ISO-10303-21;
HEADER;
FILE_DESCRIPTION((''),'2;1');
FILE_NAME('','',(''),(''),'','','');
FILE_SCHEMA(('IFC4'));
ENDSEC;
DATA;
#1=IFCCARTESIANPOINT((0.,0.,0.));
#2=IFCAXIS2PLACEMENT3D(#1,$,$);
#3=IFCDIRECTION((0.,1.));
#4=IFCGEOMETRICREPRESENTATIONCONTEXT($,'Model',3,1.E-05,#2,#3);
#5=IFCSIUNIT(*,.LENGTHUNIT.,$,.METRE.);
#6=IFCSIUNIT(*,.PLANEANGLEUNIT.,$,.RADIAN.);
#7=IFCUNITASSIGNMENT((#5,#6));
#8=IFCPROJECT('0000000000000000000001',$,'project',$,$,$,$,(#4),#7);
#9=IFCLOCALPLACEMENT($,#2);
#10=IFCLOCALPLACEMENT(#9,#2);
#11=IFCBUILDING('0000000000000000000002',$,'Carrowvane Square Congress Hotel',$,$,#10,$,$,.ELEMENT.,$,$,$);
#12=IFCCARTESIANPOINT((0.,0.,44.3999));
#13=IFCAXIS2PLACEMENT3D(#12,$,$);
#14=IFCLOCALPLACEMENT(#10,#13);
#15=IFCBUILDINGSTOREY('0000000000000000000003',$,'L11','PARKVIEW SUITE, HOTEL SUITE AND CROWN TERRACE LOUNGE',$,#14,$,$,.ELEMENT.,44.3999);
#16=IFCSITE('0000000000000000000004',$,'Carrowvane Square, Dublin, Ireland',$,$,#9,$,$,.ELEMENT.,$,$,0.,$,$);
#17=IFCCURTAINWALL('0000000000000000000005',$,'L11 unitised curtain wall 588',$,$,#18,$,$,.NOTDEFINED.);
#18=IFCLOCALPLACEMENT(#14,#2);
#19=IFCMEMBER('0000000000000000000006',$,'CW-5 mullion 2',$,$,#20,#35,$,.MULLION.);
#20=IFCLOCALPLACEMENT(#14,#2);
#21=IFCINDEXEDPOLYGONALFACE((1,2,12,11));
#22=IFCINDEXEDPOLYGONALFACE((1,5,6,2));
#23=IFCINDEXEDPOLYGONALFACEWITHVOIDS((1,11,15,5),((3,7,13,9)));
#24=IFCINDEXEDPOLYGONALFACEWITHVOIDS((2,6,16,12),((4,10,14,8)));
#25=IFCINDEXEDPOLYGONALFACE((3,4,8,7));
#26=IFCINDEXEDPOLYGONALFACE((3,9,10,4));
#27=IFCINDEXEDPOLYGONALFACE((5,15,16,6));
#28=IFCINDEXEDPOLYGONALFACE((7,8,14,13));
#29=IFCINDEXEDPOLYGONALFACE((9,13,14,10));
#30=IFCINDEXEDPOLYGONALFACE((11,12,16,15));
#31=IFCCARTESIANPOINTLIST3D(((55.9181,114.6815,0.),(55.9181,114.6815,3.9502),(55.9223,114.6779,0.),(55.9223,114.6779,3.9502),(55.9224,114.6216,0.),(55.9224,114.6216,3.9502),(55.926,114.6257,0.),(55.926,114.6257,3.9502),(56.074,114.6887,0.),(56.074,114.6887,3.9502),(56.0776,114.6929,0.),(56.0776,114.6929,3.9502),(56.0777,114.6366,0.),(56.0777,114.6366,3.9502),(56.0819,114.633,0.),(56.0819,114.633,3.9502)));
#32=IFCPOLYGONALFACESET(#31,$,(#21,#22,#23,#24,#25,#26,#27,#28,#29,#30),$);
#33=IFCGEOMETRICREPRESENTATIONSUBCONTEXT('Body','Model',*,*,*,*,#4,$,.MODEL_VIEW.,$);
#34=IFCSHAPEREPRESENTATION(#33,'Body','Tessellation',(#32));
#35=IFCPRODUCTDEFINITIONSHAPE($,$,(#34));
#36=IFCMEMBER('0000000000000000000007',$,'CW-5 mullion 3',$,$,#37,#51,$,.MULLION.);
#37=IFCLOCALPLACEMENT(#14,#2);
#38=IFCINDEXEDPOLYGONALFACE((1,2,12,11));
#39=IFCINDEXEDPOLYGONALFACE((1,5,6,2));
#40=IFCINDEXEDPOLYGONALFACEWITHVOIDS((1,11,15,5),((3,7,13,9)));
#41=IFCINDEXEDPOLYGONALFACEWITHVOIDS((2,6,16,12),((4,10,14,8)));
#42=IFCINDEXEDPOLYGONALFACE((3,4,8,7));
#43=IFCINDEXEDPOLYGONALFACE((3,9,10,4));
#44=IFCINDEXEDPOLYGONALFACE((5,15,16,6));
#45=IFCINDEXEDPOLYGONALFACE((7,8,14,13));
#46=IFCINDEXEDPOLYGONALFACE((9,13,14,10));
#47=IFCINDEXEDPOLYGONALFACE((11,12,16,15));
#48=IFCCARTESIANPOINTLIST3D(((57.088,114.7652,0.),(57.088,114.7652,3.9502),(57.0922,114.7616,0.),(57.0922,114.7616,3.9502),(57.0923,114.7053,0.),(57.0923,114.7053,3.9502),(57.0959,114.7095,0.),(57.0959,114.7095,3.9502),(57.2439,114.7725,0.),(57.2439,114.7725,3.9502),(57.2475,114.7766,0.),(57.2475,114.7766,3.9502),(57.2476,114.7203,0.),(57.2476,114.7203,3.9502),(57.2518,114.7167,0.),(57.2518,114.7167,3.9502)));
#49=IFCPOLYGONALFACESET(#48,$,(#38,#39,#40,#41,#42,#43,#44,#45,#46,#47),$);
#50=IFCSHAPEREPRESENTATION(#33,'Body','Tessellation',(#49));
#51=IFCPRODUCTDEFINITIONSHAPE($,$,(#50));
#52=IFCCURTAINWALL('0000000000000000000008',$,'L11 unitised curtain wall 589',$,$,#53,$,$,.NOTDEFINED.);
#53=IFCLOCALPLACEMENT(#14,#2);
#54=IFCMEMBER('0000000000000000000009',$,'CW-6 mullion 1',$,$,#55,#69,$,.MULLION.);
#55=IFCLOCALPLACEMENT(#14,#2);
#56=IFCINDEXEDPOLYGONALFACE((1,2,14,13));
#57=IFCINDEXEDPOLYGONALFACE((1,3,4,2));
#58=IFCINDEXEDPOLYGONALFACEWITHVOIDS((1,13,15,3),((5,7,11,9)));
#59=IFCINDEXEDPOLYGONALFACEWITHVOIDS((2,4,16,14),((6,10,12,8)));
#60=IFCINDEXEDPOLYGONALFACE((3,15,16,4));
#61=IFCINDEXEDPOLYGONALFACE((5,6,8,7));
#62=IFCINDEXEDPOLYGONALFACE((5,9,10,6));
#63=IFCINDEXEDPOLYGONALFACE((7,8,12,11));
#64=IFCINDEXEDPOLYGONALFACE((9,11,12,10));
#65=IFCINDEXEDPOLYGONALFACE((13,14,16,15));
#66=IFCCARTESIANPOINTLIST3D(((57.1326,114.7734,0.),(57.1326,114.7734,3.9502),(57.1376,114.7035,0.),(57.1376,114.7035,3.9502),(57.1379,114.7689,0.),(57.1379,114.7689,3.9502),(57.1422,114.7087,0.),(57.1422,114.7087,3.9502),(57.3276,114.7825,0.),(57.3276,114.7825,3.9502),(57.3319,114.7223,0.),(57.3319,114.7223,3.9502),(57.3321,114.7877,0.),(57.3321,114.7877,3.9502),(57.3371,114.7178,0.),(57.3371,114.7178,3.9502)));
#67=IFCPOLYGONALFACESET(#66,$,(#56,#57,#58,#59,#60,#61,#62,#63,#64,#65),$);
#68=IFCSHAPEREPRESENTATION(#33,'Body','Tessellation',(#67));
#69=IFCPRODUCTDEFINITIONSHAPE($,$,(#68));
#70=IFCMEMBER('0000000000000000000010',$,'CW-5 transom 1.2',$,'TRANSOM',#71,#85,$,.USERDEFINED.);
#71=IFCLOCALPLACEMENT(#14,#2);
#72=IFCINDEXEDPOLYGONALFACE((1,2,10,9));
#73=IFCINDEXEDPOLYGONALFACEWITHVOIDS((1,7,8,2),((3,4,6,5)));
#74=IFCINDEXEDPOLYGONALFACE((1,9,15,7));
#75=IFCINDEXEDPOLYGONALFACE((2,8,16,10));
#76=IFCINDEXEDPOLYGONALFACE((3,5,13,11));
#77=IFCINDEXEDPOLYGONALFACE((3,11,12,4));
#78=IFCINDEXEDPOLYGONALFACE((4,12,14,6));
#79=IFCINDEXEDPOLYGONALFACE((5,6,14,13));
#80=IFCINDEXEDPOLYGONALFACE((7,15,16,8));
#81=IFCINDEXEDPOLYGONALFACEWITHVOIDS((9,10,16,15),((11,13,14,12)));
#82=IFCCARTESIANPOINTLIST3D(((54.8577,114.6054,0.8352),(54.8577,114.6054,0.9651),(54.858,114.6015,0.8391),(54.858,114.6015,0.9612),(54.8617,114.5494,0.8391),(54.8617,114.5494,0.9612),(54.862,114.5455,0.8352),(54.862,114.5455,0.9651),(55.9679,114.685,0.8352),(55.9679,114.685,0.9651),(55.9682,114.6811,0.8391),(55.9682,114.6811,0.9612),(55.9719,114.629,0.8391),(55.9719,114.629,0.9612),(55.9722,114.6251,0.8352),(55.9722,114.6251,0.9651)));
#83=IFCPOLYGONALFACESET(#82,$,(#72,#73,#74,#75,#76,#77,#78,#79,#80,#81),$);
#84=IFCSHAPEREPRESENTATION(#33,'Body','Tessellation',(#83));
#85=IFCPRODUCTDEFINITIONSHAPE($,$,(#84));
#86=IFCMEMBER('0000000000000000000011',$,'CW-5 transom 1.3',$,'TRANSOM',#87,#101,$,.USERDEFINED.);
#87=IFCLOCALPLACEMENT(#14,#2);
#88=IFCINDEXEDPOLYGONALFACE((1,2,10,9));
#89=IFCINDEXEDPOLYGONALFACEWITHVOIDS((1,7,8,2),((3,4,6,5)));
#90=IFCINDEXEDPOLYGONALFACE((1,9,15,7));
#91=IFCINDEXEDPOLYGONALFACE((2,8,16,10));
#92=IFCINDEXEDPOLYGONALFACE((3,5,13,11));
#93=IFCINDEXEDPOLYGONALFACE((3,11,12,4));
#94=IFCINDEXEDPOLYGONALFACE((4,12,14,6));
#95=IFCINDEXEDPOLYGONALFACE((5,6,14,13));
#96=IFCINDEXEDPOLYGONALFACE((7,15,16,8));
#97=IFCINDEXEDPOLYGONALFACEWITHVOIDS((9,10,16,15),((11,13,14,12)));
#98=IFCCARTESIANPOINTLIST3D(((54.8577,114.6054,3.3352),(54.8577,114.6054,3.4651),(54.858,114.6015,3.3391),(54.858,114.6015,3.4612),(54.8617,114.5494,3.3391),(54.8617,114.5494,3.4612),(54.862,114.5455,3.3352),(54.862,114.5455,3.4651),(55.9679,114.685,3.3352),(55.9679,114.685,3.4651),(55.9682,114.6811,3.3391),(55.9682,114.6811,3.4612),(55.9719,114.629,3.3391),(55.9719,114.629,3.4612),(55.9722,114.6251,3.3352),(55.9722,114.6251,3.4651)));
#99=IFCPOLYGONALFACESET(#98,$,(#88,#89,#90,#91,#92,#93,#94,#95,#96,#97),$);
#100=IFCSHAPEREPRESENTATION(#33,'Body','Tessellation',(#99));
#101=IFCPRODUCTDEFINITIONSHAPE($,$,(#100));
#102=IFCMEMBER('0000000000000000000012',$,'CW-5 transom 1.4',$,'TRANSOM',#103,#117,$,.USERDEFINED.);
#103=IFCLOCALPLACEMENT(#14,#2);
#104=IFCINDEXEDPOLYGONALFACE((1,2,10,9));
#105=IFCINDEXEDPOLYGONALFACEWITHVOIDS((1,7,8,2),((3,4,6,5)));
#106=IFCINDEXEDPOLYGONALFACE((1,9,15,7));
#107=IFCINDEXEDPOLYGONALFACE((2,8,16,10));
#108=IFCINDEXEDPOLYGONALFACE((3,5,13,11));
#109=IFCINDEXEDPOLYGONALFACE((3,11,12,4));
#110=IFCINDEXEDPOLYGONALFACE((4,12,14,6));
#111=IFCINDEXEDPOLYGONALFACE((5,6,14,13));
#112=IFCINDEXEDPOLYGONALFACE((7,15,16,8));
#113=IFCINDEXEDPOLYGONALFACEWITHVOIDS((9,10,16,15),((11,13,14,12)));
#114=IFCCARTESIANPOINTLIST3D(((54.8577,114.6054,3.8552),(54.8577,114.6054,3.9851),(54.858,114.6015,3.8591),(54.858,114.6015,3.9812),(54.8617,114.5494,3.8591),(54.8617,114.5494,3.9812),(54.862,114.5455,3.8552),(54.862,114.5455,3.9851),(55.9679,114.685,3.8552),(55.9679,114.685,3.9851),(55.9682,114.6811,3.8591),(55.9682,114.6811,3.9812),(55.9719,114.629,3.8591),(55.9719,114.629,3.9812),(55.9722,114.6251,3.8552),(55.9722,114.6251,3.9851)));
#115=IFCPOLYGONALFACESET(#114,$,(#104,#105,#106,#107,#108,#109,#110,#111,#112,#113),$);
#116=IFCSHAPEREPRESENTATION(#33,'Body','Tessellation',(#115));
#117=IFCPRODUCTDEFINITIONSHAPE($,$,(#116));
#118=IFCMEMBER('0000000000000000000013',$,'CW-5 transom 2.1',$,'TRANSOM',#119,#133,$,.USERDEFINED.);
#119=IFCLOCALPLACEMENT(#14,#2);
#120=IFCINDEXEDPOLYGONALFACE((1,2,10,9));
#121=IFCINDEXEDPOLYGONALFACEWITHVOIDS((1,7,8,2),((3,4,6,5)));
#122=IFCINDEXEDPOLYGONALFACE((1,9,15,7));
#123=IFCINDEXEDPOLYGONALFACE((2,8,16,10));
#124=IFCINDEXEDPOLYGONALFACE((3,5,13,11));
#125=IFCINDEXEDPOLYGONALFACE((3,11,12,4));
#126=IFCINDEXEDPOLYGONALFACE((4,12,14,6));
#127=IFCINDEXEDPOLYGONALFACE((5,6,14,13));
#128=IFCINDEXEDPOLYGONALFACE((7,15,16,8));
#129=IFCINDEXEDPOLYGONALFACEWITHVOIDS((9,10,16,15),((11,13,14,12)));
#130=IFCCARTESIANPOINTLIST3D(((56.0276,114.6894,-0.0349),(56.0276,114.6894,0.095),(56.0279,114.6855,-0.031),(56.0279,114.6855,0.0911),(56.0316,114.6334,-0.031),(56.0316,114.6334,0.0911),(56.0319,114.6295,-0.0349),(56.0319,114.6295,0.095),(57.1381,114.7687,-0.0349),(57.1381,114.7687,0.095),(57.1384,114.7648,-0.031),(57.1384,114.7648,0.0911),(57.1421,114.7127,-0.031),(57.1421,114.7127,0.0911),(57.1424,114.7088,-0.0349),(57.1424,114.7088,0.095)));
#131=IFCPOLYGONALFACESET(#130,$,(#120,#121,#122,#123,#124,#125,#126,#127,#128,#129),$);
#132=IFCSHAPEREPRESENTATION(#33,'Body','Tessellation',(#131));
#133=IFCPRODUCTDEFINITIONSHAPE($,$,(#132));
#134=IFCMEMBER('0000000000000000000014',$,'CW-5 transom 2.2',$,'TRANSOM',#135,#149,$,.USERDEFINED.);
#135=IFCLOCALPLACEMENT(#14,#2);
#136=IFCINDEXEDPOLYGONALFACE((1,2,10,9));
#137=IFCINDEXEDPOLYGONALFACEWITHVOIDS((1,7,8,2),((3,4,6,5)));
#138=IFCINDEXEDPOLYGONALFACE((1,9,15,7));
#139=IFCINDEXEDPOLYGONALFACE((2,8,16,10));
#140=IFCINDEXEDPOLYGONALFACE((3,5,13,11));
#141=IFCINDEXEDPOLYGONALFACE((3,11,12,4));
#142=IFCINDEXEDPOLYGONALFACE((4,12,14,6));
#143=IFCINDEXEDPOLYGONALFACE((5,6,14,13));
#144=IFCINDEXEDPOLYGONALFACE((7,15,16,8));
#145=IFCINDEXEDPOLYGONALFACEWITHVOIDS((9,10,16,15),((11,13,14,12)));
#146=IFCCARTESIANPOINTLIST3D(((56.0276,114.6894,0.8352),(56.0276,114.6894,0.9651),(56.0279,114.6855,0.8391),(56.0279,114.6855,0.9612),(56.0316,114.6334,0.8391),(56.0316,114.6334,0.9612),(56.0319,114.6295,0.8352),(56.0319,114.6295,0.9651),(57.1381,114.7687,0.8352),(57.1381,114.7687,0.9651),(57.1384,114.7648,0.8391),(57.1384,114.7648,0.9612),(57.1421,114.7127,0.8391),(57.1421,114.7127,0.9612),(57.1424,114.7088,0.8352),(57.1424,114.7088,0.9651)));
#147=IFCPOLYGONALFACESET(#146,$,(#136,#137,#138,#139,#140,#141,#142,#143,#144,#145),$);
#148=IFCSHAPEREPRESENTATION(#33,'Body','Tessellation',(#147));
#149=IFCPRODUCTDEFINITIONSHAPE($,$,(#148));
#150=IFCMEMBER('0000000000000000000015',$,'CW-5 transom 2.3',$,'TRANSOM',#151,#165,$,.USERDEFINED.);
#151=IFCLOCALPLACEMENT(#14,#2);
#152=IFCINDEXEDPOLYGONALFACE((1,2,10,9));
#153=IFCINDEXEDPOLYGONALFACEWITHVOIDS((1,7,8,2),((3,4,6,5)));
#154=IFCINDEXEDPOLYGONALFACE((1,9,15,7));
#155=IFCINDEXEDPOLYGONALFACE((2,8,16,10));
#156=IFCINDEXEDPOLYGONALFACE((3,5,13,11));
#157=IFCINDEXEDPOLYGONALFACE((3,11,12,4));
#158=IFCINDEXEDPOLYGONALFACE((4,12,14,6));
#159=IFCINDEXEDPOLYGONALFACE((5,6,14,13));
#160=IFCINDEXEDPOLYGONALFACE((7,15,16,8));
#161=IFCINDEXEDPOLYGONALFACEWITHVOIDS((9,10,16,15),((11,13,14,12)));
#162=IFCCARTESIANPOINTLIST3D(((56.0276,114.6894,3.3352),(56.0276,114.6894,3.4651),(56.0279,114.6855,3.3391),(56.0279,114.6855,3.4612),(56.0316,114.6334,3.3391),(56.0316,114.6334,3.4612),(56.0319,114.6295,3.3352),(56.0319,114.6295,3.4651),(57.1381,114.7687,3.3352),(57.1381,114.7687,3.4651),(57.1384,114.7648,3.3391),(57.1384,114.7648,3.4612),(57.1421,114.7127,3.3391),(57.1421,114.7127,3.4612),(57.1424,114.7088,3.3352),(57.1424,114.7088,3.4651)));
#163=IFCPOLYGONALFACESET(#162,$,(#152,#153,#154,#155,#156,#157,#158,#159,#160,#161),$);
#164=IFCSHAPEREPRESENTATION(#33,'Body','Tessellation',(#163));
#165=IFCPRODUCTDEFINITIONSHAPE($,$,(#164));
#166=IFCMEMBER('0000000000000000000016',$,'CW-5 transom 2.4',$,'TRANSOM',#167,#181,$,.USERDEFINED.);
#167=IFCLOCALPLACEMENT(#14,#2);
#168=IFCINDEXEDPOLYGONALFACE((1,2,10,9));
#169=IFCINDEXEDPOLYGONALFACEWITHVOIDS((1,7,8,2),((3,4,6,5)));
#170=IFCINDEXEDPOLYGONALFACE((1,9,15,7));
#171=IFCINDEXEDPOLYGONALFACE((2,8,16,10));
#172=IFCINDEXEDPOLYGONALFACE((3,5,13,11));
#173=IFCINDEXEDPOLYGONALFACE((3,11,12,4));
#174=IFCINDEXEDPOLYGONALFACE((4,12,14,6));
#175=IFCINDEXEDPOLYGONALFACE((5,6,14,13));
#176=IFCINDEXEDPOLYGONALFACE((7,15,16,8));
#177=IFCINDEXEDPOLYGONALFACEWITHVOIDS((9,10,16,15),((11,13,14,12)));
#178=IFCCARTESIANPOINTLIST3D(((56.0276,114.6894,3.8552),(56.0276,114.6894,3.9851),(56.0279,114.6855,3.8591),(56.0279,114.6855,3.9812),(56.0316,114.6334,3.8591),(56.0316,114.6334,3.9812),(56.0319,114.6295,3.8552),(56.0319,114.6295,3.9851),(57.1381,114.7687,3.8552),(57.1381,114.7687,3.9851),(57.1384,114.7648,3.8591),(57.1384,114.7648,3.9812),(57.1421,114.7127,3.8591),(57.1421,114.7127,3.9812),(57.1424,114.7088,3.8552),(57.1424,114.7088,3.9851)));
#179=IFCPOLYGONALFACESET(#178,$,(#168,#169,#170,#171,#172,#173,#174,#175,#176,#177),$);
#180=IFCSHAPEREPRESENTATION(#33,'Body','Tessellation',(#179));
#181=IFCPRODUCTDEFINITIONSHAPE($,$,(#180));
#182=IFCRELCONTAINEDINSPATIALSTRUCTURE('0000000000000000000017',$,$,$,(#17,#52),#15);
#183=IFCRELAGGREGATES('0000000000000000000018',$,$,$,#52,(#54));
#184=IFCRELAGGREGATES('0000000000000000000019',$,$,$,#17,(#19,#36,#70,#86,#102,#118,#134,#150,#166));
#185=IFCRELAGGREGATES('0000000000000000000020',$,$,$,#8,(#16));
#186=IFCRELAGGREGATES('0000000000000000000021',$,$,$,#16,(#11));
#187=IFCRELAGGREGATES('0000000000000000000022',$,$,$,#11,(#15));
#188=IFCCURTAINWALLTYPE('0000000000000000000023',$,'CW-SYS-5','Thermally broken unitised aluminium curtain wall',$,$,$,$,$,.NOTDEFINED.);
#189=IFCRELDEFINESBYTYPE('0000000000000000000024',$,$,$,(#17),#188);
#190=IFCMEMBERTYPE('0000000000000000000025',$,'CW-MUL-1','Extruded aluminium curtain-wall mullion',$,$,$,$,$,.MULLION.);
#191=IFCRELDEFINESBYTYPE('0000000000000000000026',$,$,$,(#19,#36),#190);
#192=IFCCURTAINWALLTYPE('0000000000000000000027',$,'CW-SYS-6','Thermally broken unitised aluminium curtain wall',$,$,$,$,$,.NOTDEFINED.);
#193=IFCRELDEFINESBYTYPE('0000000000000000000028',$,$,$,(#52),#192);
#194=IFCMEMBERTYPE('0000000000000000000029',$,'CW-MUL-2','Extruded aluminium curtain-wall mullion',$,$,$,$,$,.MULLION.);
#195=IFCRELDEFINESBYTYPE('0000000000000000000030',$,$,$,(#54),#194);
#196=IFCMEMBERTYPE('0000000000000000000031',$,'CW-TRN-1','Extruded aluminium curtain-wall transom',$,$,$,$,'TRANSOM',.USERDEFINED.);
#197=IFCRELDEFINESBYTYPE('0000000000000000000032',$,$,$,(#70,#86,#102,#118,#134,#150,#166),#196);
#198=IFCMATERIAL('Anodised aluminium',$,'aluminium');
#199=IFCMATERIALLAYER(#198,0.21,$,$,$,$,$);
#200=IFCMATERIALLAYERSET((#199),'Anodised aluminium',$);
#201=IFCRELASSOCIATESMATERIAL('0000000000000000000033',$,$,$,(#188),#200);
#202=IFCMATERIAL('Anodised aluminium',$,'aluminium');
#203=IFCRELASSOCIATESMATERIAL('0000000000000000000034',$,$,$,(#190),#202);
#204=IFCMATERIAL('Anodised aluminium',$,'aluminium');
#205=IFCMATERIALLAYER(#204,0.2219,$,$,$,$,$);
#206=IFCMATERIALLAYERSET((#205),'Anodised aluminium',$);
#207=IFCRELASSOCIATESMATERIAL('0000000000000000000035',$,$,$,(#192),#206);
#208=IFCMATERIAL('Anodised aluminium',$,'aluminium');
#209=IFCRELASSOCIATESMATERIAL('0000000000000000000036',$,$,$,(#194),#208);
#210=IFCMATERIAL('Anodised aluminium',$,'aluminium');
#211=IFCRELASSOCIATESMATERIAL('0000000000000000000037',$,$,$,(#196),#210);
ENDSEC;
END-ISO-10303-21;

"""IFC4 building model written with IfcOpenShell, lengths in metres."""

from ifc_helpers import new_model, si_unit, direction, frame, origin, origin_2d, place, context, subcontext, project, spatial, hollow_rectangle, extrude, material, layer, layer_set, material_profile, profile_set, type_object, element, aggregate, save


model = new_model("IFC4")

# Units and contexts
model_context = context("Model", 3, precision=1e-05, world=origin(), true_north=direction((0.0, 1.0)))
body_context = subcontext(model_context, "Body", "Model", "MODEL_VIEW")
ifc_project = project(units=[si_unit("LENGTHUNIT", "METRE"), si_unit("PLANEANGLEUNIT", "RADIAN")], contexts=[model_context])

# Site, building, storey
site_placement = place(None, origin())
site = spatial("IfcSite", under=ifc_project, at=site_placement, Name="Carrowvane Square, Dublin, Ireland", CompositionType="ELEMENT", RefElevation=0.0)
building_placement = place(site_placement, origin())
building = spatial("IfcBuilding", under=site, at=building_placement, Name="Carrowvane Square Congress Hotel", CompositionType="ELEMENT")
storey_placement = place(building_placement, frame((0.0, 0.0, 44.3999)))
storey = spatial("IfcBuildingStorey", under=building, at=storey_placement, Name="L11", Description="PARKVIEW SUITE, HOTEL SUITE AND CROWN TERRACE LOUNGE", CompositionType="ELEMENT", Elevation=44.3999)

# Curtain wall, members
ifc_material_1 = material(Name="Anodised aluminium", Category="aluminium")
ifc_layer_1 = layer(ifc_material_1, 0.21)
ifc_layer_set_1 = layer_set([ifc_layer_1], Name="Anodised aluminium")
curtain_wall_type_1 = type_object("IfcCurtainWallType", Name="CW-SYS-5", Description="Thermally broken unitised aluminium curtain wall", PredefinedType="NOTDEFINED", material=ifc_layer_set_1)
curtain_wall_1_placement = place(storey_placement, origin())
curtain_wall_1 = element("IfcCurtainWall", 1, at=curtain_wall_1_placement, inside=storey, type_object=curtain_wall_type_1, Name="L11 unitised curtain wall 588", PredefinedType="NOTDEFINED")
ifc_material_2 = material(Name="Anodised aluminium", Category="aluminium")
ifc_material_profile_1 = material_profile(ifc_material_2, hollow_rectangle(XDim=0.0601, YDim=0.1599, WallThickness=0.0039, at=origin_2d()), Name="CW-ML 60x160x4")
ifc_profile_set_1 = profile_set([ifc_material_profile_1], Name="Anodised aluminium")
member_type_1 = type_object("IfcMemberType", Name="CW-MUL-1", Description="Extruded aluminium curtain-wall mullion", PredefinedType="MULLION", material=ifc_profile_set_1)
member_1_placement = place(storey_placement, frame((56.0, 114.6572, 0.0), z_axis=(0.0, 0.0, 1.0), x_axis=(-0.071418, 0.997446, 0.0)))
member_1 = element("IfcMember", 2, at=member_1_placement, type_object=member_type_1, Name="CW-5 mullion 2", PredefinedType="MULLION", context=body_context, shape_type="SweptSolid", body=[
    extrude(hollow_rectangle(XDim=0.0601, YDim=0.1599, WallThickness=0.0039, at=origin_2d()), origin(), (0.0, 0.0, 1.0), 3.9502),
])
member_2_placement = place(storey_placement, frame((57.1699, 114.741, 0.0), z_axis=(0.0, 0.0, 1.0), x_axis=(-0.071418, 0.997446, 0.0)))
member_2 = element("IfcMember", 3, at=member_2_placement, type_object=member_type_1, Name="CW-5 mullion 3", PredefinedType="MULLION", context=body_context, shape_type="SweptSolid", body=[
    extrude(hollow_rectangle(XDim=0.0601, YDim=0.1599, WallThickness=0.0039, at=origin_2d()), origin(), (0.0, 0.0, 1.0), 3.9502),
])

# Curtain wall, member
ifc_material_3 = material(Name="Anodised aluminium", Category="aluminium")
ifc_layer_2 = layer(ifc_material_3, 0.2219)
ifc_layer_set_2 = layer_set([ifc_layer_2], Name="Anodised aluminium")
curtain_wall_type_2 = type_object("IfcCurtainWallType", Name="CW-SYS-6", Description="Thermally broken unitised aluminium curtain wall", PredefinedType="NOTDEFINED", material=ifc_layer_set_2)
curtain_wall_2_placement = place(storey_placement, origin())
curtain_wall_2 = element("IfcCurtainWall", 4, at=curtain_wall_2_placement, inside=storey, type_object=curtain_wall_type_2, Name="L11 unitised curtain wall 589", PredefinedType="NOTDEFINED")
ifc_material_4 = material(Name="Anodised aluminium", Category="aluminium")
ifc_material_profile_2 = material_profile(ifc_material_4, hollow_rectangle(XDim=0.0701, YDim=0.2, WallThickness=0.0049, at=origin_2d()), Name="CW-ML 70x200x5")
ifc_profile_set_2 = profile_set([ifc_material_profile_2], Name="Anodised aluminium")
member_type_2 = type_object("IfcMemberType", Name="CW-MUL-2", Description="Extruded aluminium curtain-wall mullion", PredefinedType="MULLION", material=ifc_profile_set_2)
member_3_placement = place(storey_placement, frame((57.2349, 114.7456, 0.0), z_axis=(0.0, 0.0, 1.0), x_axis=(-0.071532, 0.997438, 0.0)))
member_3 = element("IfcMember", 5, at=member_3_placement, type_object=member_type_2, Name="CW-6 mullion 1", PredefinedType="MULLION", context=body_context, shape_type="SweptSolid", body=[
    extrude(hollow_rectangle(XDim=0.0701, YDim=0.2, WallThickness=0.0049, at=origin_2d()), origin(), (0.0, 0.0, 1.0), 3.9502),
])

# Members
ifc_material_5 = material(Name="Anodised aluminium", Category="aluminium")
ifc_material_profile_3 = material_profile(ifc_material_5, hollow_rectangle(XDim=0.0601, YDim=0.1299, WallThickness=0.0039, at=origin_2d()), Name="CW-TR 60x130x4")
ifc_profile_set_3 = profile_set([ifc_material_profile_3], Name="Anodised aluminium")
member_type_3 = type_object("IfcMemberType", Name="CW-TRN-1", Description="Extruded aluminium curtain-wall transom", ElementType="TRANSOM", PredefinedType="USERDEFINED", material=ifc_profile_set_3)
member_4_placement = place(storey_placement, frame((54.8599, 114.5754, 0.9001), z_axis=(0.99744, 0.071512, 0.0), x_axis=(-0.071512, 0.99744, 0.0)))
member_4 = element("IfcMember", 6, at=member_4_placement, type_object=member_type_3, Name="CW-5 transom 1.2", ObjectType="TRANSOM", PredefinedType="USERDEFINED", context=body_context, shape_type="SweptSolid", body=[
    extrude(hollow_rectangle(XDim=0.0601, YDim=0.1299, WallThickness=0.0039, at=origin_2d()), origin(), (0.0, 0.0, 1.0), 1.113),
])
member_5_placement = place(storey_placement, frame((54.8599, 114.5754, 3.4001), z_axis=(0.99744, 0.071512, 0.0), x_axis=(-0.071512, 0.99744, 0.0)))
member_5 = element("IfcMember", 7, at=member_5_placement, type_object=member_type_3, Name="CW-5 transom 1.3", ObjectType="TRANSOM", PredefinedType="USERDEFINED", context=body_context, shape_type="SweptSolid", body=[
    extrude(hollow_rectangle(XDim=0.0601, YDim=0.1299, WallThickness=0.0039, at=origin_2d()), origin(), (0.0, 0.0, 1.0), 1.113),
])
member_6_placement = place(storey_placement, frame((54.8599, 114.5754, 3.9202), z_axis=(0.99744, 0.071512, 0.0), x_axis=(-0.071512, 0.99744, 0.0)))
member_6 = element("IfcMember", 8, at=member_6_placement, type_object=member_type_3, Name="CW-5 transom 1.4", ObjectType="TRANSOM", PredefinedType="USERDEFINED", context=body_context, shape_type="SweptSolid", body=[
    extrude(hollow_rectangle(XDim=0.0601, YDim=0.1299, WallThickness=0.0039, at=origin_2d()), origin(), (0.0, 0.0, 1.0), 1.113),
])
member_7_placement = place(storey_placement, frame((56.0298, 114.6594, 0.03), z_axis=(0.997456, 0.071278, 0.0), x_axis=(-0.071278, 0.997456, 0.0)))
member_7 = element("IfcMember", 9, at=member_7_placement, type_object=member_type_3, Name="CW-5 transom 2.1", ObjectType="TRANSOM", PredefinedType="USERDEFINED", context=body_context, shape_type="SweptSolid", body=[
    extrude(hollow_rectangle(XDim=0.0601, YDim=0.1299, WallThickness=0.0039, at=origin_2d()), origin(), (0.0, 0.0, 1.0), 1.1133),
])
member_8_placement = place(storey_placement, frame((56.0298, 114.6594, 0.9001), z_axis=(0.997456, 0.071278, 0.0), x_axis=(-0.071278, 0.997456, 0.0)))
member_8 = element("IfcMember", 10, at=member_8_placement, type_object=member_type_3, Name="CW-5 transom 2.2", ObjectType="TRANSOM", PredefinedType="USERDEFINED", context=body_context, shape_type="SweptSolid", body=[
    extrude(hollow_rectangle(XDim=0.0601, YDim=0.1299, WallThickness=0.0039, at=origin_2d()), origin(), (0.0, 0.0, 1.0), 1.1133),
])
member_9_placement = place(storey_placement, frame((56.0298, 114.6594, 3.4001), z_axis=(0.997456, 0.071278, 0.0), x_axis=(-0.071278, 0.997456, 0.0)))
member_9 = element("IfcMember", 11, at=member_9_placement, type_object=member_type_3, Name="CW-5 transom 2.3", ObjectType="TRANSOM", PredefinedType="USERDEFINED", context=body_context, shape_type="SweptSolid", body=[
    extrude(hollow_rectangle(XDim=0.0601, YDim=0.1299, WallThickness=0.0039, at=origin_2d()), origin(), (0.0, 0.0, 1.0), 1.1133),
])
member_10_placement = place(storey_placement, frame((56.0298, 114.6594, 3.9202), z_axis=(0.997456, 0.071278, 0.0), x_axis=(-0.071278, 0.997456, 0.0)))
member_10 = element("IfcMember", 12, at=member_10_placement, type_object=member_type_3, Name="CW-5 transom 2.4", ObjectType="TRANSOM", PredefinedType="USERDEFINED", context=body_context, shape_type="SweptSolid", body=[
    extrude(hollow_rectangle(XDim=0.0601, YDim=0.1299, WallThickness=0.0039, at=origin_2d()), origin(), (0.0, 0.0, 1.0), 1.1133),
])
aggregate(curtain_wall_2, [member_3])

aggregate(curtain_wall_1, [member_1, member_2, member_4, member_5, member_6, member_7, member_8, member_9, member_10])

save(model, "model.ifc")
